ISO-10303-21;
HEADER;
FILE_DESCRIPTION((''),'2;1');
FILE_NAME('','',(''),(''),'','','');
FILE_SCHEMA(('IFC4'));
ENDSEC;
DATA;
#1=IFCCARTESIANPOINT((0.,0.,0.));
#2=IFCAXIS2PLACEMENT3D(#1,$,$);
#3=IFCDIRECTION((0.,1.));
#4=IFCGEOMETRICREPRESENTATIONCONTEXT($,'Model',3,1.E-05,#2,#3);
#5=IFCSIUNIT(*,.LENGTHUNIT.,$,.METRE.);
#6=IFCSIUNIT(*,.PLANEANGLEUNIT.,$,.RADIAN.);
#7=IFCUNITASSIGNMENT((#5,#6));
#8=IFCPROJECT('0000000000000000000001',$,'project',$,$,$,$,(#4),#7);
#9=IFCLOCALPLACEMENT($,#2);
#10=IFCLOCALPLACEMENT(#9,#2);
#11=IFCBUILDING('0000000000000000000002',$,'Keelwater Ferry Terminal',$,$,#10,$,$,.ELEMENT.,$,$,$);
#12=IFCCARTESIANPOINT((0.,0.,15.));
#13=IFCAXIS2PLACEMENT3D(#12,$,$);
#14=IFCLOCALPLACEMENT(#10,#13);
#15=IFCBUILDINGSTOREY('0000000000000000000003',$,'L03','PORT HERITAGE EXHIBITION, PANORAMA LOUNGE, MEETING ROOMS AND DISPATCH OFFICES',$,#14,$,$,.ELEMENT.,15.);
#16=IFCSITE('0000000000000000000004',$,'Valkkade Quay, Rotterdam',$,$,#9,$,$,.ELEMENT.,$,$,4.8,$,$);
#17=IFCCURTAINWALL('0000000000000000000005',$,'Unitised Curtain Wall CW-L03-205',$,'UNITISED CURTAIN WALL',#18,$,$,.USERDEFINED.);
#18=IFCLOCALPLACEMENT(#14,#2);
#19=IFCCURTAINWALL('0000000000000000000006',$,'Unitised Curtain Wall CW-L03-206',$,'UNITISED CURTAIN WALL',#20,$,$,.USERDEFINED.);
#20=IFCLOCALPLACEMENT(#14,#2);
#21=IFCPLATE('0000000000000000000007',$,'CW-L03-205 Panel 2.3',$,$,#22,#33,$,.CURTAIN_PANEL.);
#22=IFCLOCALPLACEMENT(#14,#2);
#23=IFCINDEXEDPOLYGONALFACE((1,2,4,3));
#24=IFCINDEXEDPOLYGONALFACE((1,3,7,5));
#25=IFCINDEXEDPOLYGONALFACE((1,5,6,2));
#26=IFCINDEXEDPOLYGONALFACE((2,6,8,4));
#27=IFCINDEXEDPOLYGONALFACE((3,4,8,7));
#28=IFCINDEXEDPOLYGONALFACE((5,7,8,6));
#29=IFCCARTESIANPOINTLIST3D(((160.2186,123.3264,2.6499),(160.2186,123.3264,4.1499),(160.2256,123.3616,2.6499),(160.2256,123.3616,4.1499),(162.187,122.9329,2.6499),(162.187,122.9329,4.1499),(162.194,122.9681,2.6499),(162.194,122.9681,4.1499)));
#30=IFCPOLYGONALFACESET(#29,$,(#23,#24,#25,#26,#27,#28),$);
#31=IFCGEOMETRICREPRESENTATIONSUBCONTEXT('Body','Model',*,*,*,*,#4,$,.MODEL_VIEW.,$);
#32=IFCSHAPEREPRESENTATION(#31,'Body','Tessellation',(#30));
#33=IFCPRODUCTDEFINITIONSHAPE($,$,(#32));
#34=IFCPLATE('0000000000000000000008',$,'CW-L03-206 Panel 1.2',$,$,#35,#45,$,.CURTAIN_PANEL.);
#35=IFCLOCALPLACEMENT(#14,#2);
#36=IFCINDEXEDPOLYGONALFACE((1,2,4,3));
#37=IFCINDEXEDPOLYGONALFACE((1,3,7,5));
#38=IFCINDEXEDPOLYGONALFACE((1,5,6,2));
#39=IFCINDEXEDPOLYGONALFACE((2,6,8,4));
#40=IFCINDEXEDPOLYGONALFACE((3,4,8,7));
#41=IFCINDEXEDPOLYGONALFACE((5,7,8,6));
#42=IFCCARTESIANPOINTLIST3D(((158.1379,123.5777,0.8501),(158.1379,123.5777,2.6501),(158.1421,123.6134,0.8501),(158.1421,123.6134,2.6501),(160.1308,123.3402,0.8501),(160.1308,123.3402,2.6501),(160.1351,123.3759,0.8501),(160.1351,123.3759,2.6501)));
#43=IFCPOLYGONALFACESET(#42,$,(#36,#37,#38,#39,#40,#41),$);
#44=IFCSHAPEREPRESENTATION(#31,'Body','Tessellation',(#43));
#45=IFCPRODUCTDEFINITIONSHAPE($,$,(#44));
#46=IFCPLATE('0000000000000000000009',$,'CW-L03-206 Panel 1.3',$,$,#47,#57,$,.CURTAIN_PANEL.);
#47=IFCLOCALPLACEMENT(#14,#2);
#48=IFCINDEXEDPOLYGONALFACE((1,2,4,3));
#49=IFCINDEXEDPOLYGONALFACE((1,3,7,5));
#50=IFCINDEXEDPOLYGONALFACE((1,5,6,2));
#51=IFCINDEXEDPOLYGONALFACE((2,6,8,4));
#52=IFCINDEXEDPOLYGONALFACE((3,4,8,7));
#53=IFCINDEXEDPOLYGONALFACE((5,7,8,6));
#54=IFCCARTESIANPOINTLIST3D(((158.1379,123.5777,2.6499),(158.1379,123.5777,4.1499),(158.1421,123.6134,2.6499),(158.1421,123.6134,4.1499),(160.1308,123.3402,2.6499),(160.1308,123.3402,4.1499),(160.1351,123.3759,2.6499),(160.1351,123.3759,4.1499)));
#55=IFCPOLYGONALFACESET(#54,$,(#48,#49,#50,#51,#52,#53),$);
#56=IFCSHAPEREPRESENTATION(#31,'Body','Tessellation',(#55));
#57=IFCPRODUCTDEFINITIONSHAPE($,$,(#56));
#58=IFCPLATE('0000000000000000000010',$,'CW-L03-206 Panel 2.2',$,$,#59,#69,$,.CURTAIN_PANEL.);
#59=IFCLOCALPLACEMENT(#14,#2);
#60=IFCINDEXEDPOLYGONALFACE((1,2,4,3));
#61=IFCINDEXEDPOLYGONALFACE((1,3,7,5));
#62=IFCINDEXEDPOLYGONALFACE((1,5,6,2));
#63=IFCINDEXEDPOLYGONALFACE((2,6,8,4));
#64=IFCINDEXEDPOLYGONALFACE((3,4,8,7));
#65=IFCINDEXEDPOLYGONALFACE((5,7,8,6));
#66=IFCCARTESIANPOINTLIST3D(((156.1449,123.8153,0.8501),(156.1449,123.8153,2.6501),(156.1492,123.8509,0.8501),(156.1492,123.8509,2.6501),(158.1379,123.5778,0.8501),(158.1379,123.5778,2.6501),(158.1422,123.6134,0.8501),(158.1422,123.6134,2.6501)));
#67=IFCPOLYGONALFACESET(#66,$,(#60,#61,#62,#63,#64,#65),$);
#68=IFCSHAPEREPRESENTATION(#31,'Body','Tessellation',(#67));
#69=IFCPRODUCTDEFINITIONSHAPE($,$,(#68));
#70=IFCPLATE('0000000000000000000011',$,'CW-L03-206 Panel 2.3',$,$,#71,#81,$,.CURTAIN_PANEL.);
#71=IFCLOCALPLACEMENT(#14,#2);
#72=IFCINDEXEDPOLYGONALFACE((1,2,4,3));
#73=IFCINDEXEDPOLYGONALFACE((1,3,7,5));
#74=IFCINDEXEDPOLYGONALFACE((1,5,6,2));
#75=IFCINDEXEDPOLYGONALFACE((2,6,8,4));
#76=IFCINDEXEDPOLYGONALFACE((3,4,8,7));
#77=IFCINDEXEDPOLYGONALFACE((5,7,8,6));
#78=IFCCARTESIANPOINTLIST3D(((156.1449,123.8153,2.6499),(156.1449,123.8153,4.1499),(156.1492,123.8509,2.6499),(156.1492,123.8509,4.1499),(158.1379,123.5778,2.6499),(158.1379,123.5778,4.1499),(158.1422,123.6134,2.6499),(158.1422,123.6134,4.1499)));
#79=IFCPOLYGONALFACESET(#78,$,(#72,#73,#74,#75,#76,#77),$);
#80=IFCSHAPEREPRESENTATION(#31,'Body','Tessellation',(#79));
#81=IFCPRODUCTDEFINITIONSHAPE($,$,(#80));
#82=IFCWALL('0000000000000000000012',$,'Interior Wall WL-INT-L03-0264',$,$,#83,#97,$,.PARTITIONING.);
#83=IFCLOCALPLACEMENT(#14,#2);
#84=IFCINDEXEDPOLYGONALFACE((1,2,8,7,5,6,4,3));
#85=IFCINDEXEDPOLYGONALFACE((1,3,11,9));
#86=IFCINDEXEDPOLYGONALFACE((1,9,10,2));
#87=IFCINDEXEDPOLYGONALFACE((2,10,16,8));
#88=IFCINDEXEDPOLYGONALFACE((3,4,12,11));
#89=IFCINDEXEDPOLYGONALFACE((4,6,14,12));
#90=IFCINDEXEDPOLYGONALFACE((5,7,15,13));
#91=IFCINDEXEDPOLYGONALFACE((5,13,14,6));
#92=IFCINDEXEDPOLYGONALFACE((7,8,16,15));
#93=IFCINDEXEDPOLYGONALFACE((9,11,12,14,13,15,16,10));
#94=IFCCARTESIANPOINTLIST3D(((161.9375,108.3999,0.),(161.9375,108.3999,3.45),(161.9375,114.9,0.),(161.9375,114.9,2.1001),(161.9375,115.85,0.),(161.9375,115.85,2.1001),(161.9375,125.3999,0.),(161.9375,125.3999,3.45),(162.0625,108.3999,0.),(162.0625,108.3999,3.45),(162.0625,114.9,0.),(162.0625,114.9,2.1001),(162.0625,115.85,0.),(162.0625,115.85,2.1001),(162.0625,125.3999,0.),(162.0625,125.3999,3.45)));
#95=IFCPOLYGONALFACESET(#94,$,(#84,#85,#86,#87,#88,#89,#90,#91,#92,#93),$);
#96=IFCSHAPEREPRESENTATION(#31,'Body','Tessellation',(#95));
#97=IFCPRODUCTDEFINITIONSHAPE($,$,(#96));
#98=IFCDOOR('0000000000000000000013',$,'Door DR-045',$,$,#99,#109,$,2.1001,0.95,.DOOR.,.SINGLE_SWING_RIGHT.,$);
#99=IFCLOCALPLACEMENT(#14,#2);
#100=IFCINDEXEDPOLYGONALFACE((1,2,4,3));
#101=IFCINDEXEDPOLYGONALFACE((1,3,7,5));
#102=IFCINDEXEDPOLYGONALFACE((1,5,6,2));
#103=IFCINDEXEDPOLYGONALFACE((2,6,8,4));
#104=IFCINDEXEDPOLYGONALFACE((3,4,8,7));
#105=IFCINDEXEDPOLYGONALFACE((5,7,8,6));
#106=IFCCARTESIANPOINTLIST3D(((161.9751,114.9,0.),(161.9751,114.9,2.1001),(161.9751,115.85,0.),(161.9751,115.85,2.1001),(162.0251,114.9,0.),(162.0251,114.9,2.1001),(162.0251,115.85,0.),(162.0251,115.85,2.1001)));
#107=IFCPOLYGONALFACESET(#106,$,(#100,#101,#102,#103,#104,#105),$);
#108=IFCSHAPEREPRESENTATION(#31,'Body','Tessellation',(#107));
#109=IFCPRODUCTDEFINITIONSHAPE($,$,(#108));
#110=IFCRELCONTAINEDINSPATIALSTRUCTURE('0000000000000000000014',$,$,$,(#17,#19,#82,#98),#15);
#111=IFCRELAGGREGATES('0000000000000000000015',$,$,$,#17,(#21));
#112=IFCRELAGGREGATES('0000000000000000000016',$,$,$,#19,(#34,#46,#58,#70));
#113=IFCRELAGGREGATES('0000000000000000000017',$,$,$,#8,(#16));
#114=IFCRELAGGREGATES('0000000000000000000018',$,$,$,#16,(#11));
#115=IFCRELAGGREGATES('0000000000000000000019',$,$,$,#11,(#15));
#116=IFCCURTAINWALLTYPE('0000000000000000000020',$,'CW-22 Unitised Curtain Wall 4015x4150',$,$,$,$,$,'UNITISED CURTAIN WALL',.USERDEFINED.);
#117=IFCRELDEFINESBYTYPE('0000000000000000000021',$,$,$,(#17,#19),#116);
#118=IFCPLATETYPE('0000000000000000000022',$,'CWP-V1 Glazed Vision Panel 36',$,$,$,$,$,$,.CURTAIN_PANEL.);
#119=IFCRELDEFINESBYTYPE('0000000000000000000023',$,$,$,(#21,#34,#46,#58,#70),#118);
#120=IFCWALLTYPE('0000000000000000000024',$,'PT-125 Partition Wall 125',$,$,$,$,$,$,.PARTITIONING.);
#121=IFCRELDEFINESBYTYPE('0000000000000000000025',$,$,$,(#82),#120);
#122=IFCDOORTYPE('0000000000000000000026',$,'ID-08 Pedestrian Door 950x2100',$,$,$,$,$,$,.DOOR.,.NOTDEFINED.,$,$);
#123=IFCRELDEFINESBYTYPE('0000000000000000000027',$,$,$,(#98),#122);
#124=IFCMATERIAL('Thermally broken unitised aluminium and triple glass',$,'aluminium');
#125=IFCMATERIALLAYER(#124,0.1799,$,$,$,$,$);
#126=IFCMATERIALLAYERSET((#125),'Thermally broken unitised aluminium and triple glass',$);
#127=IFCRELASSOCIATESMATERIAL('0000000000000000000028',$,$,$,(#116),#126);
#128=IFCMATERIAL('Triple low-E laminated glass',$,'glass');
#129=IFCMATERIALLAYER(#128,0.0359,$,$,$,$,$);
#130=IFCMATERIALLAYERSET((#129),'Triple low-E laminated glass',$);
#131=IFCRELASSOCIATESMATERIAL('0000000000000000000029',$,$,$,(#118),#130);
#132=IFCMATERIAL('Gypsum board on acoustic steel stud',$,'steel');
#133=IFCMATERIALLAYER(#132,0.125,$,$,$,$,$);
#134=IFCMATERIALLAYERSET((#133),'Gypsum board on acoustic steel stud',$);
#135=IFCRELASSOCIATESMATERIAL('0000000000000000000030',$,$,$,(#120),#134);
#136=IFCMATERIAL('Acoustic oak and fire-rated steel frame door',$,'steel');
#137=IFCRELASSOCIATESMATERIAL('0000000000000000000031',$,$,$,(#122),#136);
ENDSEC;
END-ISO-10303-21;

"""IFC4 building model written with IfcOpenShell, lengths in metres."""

from ifc_helpers import new_model, si_unit, direction, frame, frame_2d, origin, origin_2d, place, context, subcontext, project, spatial, rectangle, extrude, material, layer, layer_set, type_object, element, fill, aggregate, save


model = new_model("IFC4")

# Units and contexts
model_context = context("Model", 3, precision=1e-05, world=origin(), true_north=direction((0.0, 1.0)))
body_context = subcontext(model_context, "Body", "Model", "MODEL_VIEW")
ifc_project = project(units=[si_unit("LENGTHUNIT", "METRE"), si_unit("PLANEANGLEUNIT", "RADIAN")], contexts=[model_context])

# Site, building, storey
site_placement = place(None, origin())
site = spatial("IfcSite", under=ifc_project, at=site_placement, Name="Valkkade Quay, Rotterdam", CompositionType="ELEMENT", RefElevation=4.8)
building_placement = place(site_placement, origin())
building = spatial("IfcBuilding", under=site, at=building_placement, Name="Keelwater Ferry Terminal", CompositionType="ELEMENT")
storey_placement = place(building_placement, frame((0.0, 0.0, 15.0)))
storey = spatial("IfcBuildingStorey", under=building, at=storey_placement, Name="L03", Description="PORT HERITAGE EXHIBITION, PANORAMA LOUNGE, MEETING ROOMS AND DISPATCH OFFICES", CompositionType="ELEMENT", Elevation=15.0)

# Curtain walls
ifc_material_1 = material(Name="Thermally broken unitised aluminium and triple glass", Category="aluminium")
ifc_layer_1 = layer(ifc_material_1, 0.1799)
ifc_layer_set_1 = layer_set([ifc_layer_1], Name="Thermally broken unitised aluminium and triple glass")
curtain_wall_type = type_object("IfcCurtainWallType", Name="CW-22 Unitised Curtain Wall 4015x4150", ElementType="UNITISED CURTAIN WALL", PredefinedType="USERDEFINED", material=ifc_layer_set_1)
curtain_wall_1_placement = place(storey_placement, origin())
curtain_wall_1 = element("IfcCurtainWall", 1, at=curtain_wall_1_placement, inside=storey, type_object=curtain_wall_type, Name="Unitised Curtain Wall CW-L03-205", ObjectType="UNITISED CURTAIN WALL", PredefinedType="USERDEFINED")
curtain_wall_2_placement = place(storey_placement, origin())
curtain_wall_2 = element("IfcCurtainWall", 2, at=curtain_wall_2_placement, inside=storey, type_object=curtain_wall_type, Name="Unitised Curtain Wall CW-L03-206", ObjectType="UNITISED CURTAIN WALL", PredefinedType="USERDEFINED")

# Plates
ifc_material_2 = material(Name="Triple low-E laminated glass", Category="glass")
ifc_layer_2 = layer(ifc_material_2, 0.0359)
ifc_layer_set_2 = layer_set([ifc_layer_2], Name="Triple low-E laminated glass")
plate_type_1 = type_object("IfcPlateType", Name="CWP-V1 Glazed Vision Panel 36", PredefinedType="CURTAIN_PANEL", material=ifc_layer_set_2)
plate_1_placement = place(storey_placement, frame((161.2063, 123.1472, 2.6499), z_axis=(0.0, 0.0, 1.0), x_axis=(-0.9806, 0.19602, 0.0)))
plate_1 = element("IfcPlate", 3, at=plate_1_placement, type_object=plate_type_1, Name="CW-L03-205 Panel 2.3", PredefinedType="CURTAIN_PANEL", context=body_context, shape_type="SweptSolid", body=[
    extrude(rectangle(XDim=2.0073, YDim=0.0359, at=origin_2d()), origin(), (0.0, 0.0, 1.0), 1.5),
])
aggregate(curtain_wall_1, [plate_1])
plate_2_placement = place(storey_placement, frame((159.1365, 123.4768, 0.8501), z_axis=(0.0, 0.0, 1.0), x_axis=(-0.992974, 0.11833, 0.0)))
plate_2 = element("IfcPlate", 4, at=plate_2_placement, type_object=plate_type_1, Name="CW-L03-206 Panel 1.2", PredefinedType="CURTAIN_PANEL", context=body_context, shape_type="SweptSolid", body=[
    extrude(rectangle(XDim=2.0071, YDim=0.0359, at=origin_2d()), origin(), (0.0, 0.0, 1.0), 1.8),
])
plate_3_placement = place(storey_placement, frame((159.1365, 123.4768, 2.6499), z_axis=(0.0, 0.0, 1.0), x_axis=(-0.992974, 0.11833, 0.0)))
plate_3 = element("IfcPlate", 5, at=plate_3_placement, type_object=plate_type_1, Name="CW-L03-206 Panel 1.3", PredefinedType="CURTAIN_PANEL", context=body_context, shape_type="SweptSolid", body=[
    extrude(rectangle(XDim=2.0071, YDim=0.0359, at=origin_2d()), origin(), (0.0, 0.0, 1.0), 1.5),
])
plate_4_placement = place(storey_placement, frame((157.1436, 123.7144, 0.8501), z_axis=(0.0, 0.0, 1.0), x_axis=(-0.992974, 0.11833, 0.0)))
plate_4 = element("IfcPlate", 6, at=plate_4_placement, type_object=plate_type_1, Name="CW-L03-206 Panel 2.2", PredefinedType="CURTAIN_PANEL", context=body_context, shape_type="SweptSolid", body=[
    extrude(rectangle(XDim=2.0071, YDim=0.0359, at=origin_2d()), origin(), (0.0, 0.0, 1.0), 1.8),
])
plate_5_placement = place(storey_placement, frame((157.1436, 123.7144, 2.6499), z_axis=(0.0, 0.0, 1.0), x_axis=(-0.992974, 0.11833, 0.0)))
plate_5 = element("IfcPlate", 7, at=plate_5_placement, type_object=plate_type_1, Name="CW-L03-206 Panel 2.3", PredefinedType="CURTAIN_PANEL", context=body_context, shape_type="SweptSolid", body=[
    extrude(rectangle(XDim=2.0071, YDim=0.0359, at=origin_2d()), origin(), (0.0, 0.0, 1.0), 1.5),
])
aggregate(curtain_wall_2, [plate_2, plate_3, plate_4, plate_5])

# Wall, opening, door
ifc_material_3 = material(Name="Gypsum board on acoustic steel stud", Category="steel")
ifc_layer_3 = layer(ifc_material_3, 0.125)
ifc_layer_set_3 = layer_set([ifc_layer_3], Name="Gypsum board on acoustic steel stud")
wall_type = type_object("IfcWallType", Name="PT-125 Partition Wall 125", PredefinedType="PARTITIONING", material=ifc_layer_set_3)
wall_placement = place(storey_placement, frame((162.0, 108.3999, 0.0), z_axis=(0.0, 0.0, 1.0), x_axis=(0.0, 1.0, 0.0)))
wall = element("IfcWall", 8, at=wall_placement, inside=storey, type_object=wall_type, Name="Interior Wall WL-INT-L03-0264", PredefinedType="PARTITIONING", context=body_context, shape_type="SweptSolid", body=[
    extrude(rectangle(XDim=17.0, YDim=0.125, at=frame_2d((8.5, 0.0))), origin(), (0.0, 0.0, 1.0), 3.45),
])
opening_placement = place(wall_placement, frame((6.5, 0.0, 0.0)))
opening = element("IfcOpeningElement", 9, at=opening_placement, cuts=wall, PredefinedType="OPENING", context=body_context, shape_type="SweptSolid", body=[
    extrude(rectangle(XDim=0.95, YDim=2.1001, at=frame_2d((0.4751, 1.05))), frame((0.0, 0.0725, 0.0), z_axis=(0.0, -1.0, 0.0), x_axis=(1.0, 0.0, 0.0)), (0.0, 0.0, 1.0), 0.145),
])
ifc_material_4 = material(Name="Acoustic oak and fire-rated steel frame door", Category="steel")
door_type = type_object("IfcDoorType", Name="ID-08 Pedestrian Door 950x2100", OperationType="NOTDEFINED", PredefinedType="DOOR", material=ifc_material_4)
door_placement = place(opening_placement, origin())
door = element("IfcDoor", 10, at=door_placement, inside=storey, type_object=door_type, Name="Door DR-045", OperationType="SINGLE_SWING_RIGHT", OverallHeight=2.1001, OverallWidth=0.95, PredefinedType="DOOR", context=body_context, shape_type="SweptSolid", body=[
    extrude(rectangle(XDim=0.95, YDim=2.1001, at=frame_2d((0.4751, 1.05))), frame((0.0, 0.0249, 0.0), z_axis=(0.0, -1.0, 0.0), x_axis=(1.0, 0.0, 0.0)), (0.0, 0.0, 1.0), 0.05),
])
fill(opening, door)

save(model, "model.ifc")
